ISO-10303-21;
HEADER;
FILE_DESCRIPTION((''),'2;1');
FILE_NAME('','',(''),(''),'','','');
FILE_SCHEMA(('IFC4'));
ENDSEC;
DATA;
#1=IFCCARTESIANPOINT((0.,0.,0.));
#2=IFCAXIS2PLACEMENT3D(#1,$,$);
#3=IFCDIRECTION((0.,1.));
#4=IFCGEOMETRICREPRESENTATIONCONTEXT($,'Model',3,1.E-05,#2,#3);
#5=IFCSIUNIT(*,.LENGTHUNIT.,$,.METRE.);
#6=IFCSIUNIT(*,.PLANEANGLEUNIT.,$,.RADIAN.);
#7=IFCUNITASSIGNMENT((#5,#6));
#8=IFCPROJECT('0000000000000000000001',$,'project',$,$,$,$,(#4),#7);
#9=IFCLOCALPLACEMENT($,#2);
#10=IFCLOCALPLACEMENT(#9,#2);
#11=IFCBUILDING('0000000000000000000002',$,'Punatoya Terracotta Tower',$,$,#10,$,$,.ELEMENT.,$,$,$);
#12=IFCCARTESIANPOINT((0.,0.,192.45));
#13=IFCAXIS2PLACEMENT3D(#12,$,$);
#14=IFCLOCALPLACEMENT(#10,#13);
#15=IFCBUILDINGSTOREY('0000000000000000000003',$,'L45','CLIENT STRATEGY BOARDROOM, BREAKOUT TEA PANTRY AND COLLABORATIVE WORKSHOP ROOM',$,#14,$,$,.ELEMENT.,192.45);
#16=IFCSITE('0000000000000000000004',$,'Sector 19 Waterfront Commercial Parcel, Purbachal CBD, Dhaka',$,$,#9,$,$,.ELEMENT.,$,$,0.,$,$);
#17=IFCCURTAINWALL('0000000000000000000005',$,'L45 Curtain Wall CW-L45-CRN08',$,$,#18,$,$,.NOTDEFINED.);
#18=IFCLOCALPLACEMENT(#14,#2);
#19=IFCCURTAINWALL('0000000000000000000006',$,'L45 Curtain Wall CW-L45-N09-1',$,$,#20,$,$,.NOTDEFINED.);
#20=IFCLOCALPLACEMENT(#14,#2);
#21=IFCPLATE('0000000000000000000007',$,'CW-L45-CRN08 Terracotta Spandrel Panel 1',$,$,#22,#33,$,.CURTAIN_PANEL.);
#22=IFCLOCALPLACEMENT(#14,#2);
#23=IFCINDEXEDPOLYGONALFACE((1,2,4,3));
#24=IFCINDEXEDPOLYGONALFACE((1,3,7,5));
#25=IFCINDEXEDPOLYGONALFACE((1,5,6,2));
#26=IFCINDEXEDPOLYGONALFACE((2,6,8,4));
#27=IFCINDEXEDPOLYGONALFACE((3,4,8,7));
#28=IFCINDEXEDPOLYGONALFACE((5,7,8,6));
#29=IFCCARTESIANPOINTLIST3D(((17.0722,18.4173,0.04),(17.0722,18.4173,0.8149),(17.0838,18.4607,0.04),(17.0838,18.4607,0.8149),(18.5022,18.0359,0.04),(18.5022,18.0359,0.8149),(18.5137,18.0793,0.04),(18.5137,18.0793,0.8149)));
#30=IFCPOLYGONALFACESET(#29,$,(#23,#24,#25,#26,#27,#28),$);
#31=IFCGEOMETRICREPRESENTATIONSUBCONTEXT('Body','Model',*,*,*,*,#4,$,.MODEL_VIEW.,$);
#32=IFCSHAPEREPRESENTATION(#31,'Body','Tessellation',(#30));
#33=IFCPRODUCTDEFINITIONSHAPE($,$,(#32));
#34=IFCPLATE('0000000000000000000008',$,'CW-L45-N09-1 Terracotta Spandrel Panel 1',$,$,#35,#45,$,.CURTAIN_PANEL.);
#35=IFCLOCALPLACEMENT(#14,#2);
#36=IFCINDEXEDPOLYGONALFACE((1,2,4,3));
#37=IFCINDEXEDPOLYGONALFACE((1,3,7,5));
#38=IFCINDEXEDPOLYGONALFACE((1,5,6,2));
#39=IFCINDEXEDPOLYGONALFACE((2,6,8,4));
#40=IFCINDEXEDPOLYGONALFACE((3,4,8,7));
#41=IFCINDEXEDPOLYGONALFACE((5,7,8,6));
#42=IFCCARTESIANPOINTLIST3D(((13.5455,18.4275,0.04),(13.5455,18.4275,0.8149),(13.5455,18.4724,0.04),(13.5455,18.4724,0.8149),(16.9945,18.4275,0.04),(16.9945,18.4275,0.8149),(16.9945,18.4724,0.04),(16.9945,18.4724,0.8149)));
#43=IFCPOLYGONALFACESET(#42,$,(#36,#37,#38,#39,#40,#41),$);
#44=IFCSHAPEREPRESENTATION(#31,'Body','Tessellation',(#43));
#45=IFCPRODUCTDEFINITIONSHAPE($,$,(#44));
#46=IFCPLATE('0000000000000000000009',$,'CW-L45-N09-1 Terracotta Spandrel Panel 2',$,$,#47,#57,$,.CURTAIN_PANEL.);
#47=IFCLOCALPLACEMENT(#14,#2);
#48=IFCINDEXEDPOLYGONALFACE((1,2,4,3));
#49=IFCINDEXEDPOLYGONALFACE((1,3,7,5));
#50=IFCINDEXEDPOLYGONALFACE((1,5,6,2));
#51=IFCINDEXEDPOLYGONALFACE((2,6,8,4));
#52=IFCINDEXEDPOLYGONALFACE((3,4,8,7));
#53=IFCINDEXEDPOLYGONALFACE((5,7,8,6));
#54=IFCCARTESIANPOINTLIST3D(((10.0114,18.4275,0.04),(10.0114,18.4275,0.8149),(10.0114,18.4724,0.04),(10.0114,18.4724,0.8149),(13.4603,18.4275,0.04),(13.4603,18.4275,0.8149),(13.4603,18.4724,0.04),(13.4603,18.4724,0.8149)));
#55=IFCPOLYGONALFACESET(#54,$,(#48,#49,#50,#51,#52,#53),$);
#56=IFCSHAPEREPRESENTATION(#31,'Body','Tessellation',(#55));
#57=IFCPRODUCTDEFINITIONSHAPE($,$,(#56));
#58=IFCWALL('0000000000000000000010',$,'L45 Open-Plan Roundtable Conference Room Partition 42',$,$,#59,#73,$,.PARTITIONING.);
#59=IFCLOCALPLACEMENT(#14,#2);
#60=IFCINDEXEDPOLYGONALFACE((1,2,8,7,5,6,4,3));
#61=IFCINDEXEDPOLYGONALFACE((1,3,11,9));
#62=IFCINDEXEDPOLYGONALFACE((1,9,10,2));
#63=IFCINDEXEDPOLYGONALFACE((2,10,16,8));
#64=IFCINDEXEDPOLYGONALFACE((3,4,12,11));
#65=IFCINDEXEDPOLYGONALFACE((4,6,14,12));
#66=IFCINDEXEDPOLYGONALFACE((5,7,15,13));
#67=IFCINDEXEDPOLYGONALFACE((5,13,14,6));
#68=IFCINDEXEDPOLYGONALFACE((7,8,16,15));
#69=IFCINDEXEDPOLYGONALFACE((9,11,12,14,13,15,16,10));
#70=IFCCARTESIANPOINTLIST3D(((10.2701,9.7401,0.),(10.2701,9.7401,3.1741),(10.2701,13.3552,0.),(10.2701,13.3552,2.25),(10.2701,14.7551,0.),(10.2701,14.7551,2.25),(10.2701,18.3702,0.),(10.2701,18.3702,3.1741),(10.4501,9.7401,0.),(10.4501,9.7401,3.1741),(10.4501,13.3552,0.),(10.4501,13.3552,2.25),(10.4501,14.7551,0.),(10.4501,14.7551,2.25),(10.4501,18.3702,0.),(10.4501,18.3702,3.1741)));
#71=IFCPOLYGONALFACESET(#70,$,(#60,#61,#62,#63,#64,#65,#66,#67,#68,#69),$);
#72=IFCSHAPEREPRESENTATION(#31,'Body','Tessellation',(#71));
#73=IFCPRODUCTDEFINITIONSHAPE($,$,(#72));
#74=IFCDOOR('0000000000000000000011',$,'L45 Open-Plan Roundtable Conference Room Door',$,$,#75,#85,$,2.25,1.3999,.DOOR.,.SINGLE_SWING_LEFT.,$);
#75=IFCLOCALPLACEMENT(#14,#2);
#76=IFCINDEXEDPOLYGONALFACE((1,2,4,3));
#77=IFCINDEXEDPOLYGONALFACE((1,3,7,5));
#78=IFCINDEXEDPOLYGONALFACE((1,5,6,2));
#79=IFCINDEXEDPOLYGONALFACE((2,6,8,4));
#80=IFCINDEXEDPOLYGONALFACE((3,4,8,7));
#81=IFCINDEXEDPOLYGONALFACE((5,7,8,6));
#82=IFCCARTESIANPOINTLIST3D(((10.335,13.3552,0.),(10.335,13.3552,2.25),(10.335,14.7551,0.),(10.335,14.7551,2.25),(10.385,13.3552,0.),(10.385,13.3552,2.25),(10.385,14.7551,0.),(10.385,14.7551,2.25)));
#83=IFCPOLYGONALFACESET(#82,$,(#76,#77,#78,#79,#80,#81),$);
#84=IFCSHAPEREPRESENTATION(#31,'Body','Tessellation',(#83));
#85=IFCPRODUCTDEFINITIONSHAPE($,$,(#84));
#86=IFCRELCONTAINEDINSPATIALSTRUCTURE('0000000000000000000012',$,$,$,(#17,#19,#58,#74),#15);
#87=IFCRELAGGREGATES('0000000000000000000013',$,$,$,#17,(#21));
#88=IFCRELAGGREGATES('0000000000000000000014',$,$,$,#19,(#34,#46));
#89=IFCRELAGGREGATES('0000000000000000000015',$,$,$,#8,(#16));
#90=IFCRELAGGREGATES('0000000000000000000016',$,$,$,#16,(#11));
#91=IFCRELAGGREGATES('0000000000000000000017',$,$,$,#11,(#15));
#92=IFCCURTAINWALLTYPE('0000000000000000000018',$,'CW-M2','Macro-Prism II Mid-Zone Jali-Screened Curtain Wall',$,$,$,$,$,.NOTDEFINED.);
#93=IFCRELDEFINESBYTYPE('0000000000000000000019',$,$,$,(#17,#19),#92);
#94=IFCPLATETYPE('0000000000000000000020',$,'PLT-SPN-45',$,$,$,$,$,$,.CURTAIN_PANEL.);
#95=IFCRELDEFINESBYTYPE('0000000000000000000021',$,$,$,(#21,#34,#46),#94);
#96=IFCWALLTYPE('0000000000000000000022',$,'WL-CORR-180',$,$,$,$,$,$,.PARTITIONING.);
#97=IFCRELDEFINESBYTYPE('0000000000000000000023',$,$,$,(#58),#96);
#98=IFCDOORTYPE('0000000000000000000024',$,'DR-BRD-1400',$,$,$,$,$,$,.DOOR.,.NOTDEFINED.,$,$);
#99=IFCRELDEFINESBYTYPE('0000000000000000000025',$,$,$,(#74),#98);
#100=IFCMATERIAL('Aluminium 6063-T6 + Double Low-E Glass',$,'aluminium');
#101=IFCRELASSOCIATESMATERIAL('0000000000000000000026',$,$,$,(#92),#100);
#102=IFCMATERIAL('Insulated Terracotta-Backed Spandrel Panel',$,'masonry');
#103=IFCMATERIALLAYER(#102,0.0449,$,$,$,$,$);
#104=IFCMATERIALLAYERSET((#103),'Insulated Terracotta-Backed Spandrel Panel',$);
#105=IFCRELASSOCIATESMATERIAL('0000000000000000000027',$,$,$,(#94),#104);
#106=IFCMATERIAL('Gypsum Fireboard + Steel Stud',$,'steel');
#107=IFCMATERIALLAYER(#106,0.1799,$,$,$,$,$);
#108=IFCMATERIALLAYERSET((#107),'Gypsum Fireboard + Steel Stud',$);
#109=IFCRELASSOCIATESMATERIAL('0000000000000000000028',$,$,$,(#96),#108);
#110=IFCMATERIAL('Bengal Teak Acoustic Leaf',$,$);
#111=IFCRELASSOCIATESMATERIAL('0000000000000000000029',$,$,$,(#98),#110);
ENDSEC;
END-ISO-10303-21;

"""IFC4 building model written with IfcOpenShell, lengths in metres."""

from ifc_helpers import new_model, si_unit, direction, frame, frame_2d, origin, origin_2d, place, context, subcontext, project, spatial, rectangle, extrude, material, layer, layer_set, type_object, element, fill, aggregate, save


model = new_model("IFC4")

# Units and contexts
model_context = context("Model", 3, precision=1e-05, world=origin(), true_north=direction((0.0, 1.0)))
body_context = subcontext(model_context, "Body", "Model", "MODEL_VIEW")
ifc_project = project(units=[si_unit("LENGTHUNIT", "METRE"), si_unit("PLANEANGLEUNIT", "RADIAN")], contexts=[model_context])

# Site, building, storey
site_placement = place(None, origin())
site = spatial("IfcSite", under=ifc_project, at=site_placement, Name="Sector 19 Waterfront Commercial Parcel, Purbachal CBD, Dhaka", CompositionType="ELEMENT", RefElevation=0.0)
building_placement = place(site_placement, origin())
building = spatial("IfcBuilding", under=site, at=building_placement, Name="Punatoya Terracotta Tower", CompositionType="ELEMENT")
storey_placement = place(building_placement, frame((0.0, 0.0, 192.45)))
storey = spatial("IfcBuildingStorey", under=building, at=storey_placement, Name="L45", Description="CLIENT STRATEGY BOARDROOM, BREAKOUT TEA PANTRY AND COLLABORATIVE WORKSHOP ROOM", CompositionType="ELEMENT", Elevation=192.45)

# Shared definitions
ifc_material_1 = material(Name="Aluminium 6063-T6 + Double Low-E Glass", Category="aluminium")
curtain_wall_type = type_object("IfcCurtainWallType", Name="CW-M2", Description="Macro-Prism II Mid-Zone Jali-Screened Curtain Wall", PredefinedType="NOTDEFINED", material=ifc_material_1)

# Curtain walls
curtain_wall_1_placement = place(storey_placement, origin())
curtain_wall_1 = element("IfcCurtainWall", 1, at=curtain_wall_1_placement, inside=storey, type_object=curtain_wall_type, Name="L45 Curtain Wall CW-L45-CRN08", PredefinedType="NOTDEFINED")
curtain_wall_2_placement = place(storey_placement, origin())
curtain_wall_2 = element("IfcCurtainWall", 2, at=curtain_wall_2_placement, inside=storey, type_object=curtain_wall_type, Name="L45 Curtain Wall CW-L45-N09-1", PredefinedType="NOTDEFINED")

# Plates
ifc_material_2 = material(Name="Insulated Terracotta-Backed Spandrel Panel", Category="masonry")
ifc_layer_1 = layer(ifc_material_2, 0.0449)
ifc_layer_set_1 = layer_set([ifc_layer_1], Name="Insulated Terracotta-Backed Spandrel Panel")
plate_type_1 = type_object("IfcPlateType", Name="PLT-SPN-45", PredefinedType="CURTAIN_PANEL", material=ifc_layer_set_1)
plate_1_placement = place(storey_placement, frame((17.793, 18.2483, 0.04), z_axis=(0.0, 0.0, 1.0), x_axis=(-0.966214, 0.257742, 0.0)))
plate_1 = element("IfcPlate", 3, at=plate_1_placement, type_object=plate_type_1, Name="CW-L45-CRN08 Terracotta Spandrel Panel 1", PredefinedType="CURTAIN_PANEL", context=body_context, shape_type="SweptSolid", body=[
    extrude(rectangle(XDim=1.48, YDim=0.0449, at=origin_2d()), origin(), (0.0, 0.0, 1.0), 0.7749),
])
aggregate(curtain_wall_1, [plate_1])
plate_2_placement = place(storey_placement, frame((15.27, 18.45, 0.04), z_axis=(0.0, 0.0, 1.0), x_axis=(-1.0, 0.0, 0.0)))
plate_2 = element("IfcPlate", 4, at=plate_2_placement, type_object=plate_type_1, Name="CW-L45-N09-1 Terracotta Spandrel Panel 1", PredefinedType="CURTAIN_PANEL", context=body_context, shape_type="SweptSolid", body=[
    extrude(rectangle(XDim=3.449, YDim=0.0449, at=origin_2d()), origin(), (0.0, 0.0, 1.0), 0.7749),
])
plate_3_placement = place(storey_placement, frame((11.7358, 18.45, 0.04), z_axis=(0.0, 0.0, 1.0), x_axis=(-1.0, 0.0, 0.0)))
plate_3 = element("IfcPlate", 5, at=plate_3_placement, type_object=plate_type_1, Name="CW-L45-N09-1 Terracotta Spandrel Panel 2", PredefinedType="CURTAIN_PANEL", context=body_context, shape_type="SweptSolid", body=[
    extrude(rectangle(XDim=3.449, YDim=0.0449, at=origin_2d()), origin(), (0.0, 0.0, 1.0), 0.7749),
])
aggregate(curtain_wall_2, [plate_2, plate_3])

# Wall, opening, door
ifc_material_3 = material(Name="Gypsum Fireboard + Steel Stud", Category="steel")
ifc_layer_2 = layer(ifc_material_3, 0.1799)
ifc_layer_set_2 = layer_set([ifc_layer_2], Name="Gypsum Fireboard + Steel Stud")
wall_type = type_object("IfcWallType", Name="WL-CORR-180", PredefinedType="PARTITIONING", material=ifc_layer_set_2)
wall_placement = place(storey_placement, frame((10.3601, 18.3701, 0.0), z_axis=(0.0, 0.0, 1.0), x_axis=(0.0, -1.0, 0.0)))
wall = element("IfcWall", 6, at=wall_placement, inside=storey, type_object=wall_type, Name="L45 Open-Plan Roundtable Conference Room Partition 42", PredefinedType="PARTITIONING", context=body_context, shape_type="SweptSolid", body=[
    extrude(rectangle(XDim=8.6301, YDim=0.1799, at=frame_2d((4.3149, 0.0))), origin(), (0.0, 0.0, 1.0), 3.1741),
])
opening_placement = place(wall_placement, frame((3.615, 0.0, 0.0)))
opening = element("IfcOpeningElement", 7, at=opening_placement, cuts=wall, PredefinedType="OPENING", context=body_context, shape_type="SweptSolid", body=[
    extrude(rectangle(XDim=1.3999, YDim=2.25, at=frame_2d((0.7, 1.125))), frame((0.0, 0.0999, 0.0), z_axis=(0.0, -1.0, 0.0), x_axis=(1.0, 0.0, 0.0)), (0.0, 0.0, 1.0), 0.2),
])
ifc_material_4 = material(Name="Bengal Teak Acoustic Leaf")
door_type = type_object("IfcDoorType", Name="DR-BRD-1400", OperationType="NOTDEFINED", PredefinedType="DOOR", material=ifc_material_4)
door_placement = place(opening_placement, origin())
door = element("IfcDoor", 8, at=door_placement, inside=storey, type_object=door_type, Name="L45 Open-Plan Roundtable Conference Room Door", OperationType="SINGLE_SWING_LEFT", OverallHeight=2.25, OverallWidth=1.3999, PredefinedType="DOOR", context=body_context, shape_type="SweptSolid", body=[
    extrude(rectangle(XDim=1.3999, YDim=2.25, at=frame_2d((0.7, 1.125))), frame((0.0, 0.0249, 0.0), z_axis=(0.0, -1.0, 0.0), x_axis=(1.0, 0.0, 0.0)), (0.0, 0.0, 1.0), 0.05),
])
fill(opening, door)

save(model, "model.ifc")
